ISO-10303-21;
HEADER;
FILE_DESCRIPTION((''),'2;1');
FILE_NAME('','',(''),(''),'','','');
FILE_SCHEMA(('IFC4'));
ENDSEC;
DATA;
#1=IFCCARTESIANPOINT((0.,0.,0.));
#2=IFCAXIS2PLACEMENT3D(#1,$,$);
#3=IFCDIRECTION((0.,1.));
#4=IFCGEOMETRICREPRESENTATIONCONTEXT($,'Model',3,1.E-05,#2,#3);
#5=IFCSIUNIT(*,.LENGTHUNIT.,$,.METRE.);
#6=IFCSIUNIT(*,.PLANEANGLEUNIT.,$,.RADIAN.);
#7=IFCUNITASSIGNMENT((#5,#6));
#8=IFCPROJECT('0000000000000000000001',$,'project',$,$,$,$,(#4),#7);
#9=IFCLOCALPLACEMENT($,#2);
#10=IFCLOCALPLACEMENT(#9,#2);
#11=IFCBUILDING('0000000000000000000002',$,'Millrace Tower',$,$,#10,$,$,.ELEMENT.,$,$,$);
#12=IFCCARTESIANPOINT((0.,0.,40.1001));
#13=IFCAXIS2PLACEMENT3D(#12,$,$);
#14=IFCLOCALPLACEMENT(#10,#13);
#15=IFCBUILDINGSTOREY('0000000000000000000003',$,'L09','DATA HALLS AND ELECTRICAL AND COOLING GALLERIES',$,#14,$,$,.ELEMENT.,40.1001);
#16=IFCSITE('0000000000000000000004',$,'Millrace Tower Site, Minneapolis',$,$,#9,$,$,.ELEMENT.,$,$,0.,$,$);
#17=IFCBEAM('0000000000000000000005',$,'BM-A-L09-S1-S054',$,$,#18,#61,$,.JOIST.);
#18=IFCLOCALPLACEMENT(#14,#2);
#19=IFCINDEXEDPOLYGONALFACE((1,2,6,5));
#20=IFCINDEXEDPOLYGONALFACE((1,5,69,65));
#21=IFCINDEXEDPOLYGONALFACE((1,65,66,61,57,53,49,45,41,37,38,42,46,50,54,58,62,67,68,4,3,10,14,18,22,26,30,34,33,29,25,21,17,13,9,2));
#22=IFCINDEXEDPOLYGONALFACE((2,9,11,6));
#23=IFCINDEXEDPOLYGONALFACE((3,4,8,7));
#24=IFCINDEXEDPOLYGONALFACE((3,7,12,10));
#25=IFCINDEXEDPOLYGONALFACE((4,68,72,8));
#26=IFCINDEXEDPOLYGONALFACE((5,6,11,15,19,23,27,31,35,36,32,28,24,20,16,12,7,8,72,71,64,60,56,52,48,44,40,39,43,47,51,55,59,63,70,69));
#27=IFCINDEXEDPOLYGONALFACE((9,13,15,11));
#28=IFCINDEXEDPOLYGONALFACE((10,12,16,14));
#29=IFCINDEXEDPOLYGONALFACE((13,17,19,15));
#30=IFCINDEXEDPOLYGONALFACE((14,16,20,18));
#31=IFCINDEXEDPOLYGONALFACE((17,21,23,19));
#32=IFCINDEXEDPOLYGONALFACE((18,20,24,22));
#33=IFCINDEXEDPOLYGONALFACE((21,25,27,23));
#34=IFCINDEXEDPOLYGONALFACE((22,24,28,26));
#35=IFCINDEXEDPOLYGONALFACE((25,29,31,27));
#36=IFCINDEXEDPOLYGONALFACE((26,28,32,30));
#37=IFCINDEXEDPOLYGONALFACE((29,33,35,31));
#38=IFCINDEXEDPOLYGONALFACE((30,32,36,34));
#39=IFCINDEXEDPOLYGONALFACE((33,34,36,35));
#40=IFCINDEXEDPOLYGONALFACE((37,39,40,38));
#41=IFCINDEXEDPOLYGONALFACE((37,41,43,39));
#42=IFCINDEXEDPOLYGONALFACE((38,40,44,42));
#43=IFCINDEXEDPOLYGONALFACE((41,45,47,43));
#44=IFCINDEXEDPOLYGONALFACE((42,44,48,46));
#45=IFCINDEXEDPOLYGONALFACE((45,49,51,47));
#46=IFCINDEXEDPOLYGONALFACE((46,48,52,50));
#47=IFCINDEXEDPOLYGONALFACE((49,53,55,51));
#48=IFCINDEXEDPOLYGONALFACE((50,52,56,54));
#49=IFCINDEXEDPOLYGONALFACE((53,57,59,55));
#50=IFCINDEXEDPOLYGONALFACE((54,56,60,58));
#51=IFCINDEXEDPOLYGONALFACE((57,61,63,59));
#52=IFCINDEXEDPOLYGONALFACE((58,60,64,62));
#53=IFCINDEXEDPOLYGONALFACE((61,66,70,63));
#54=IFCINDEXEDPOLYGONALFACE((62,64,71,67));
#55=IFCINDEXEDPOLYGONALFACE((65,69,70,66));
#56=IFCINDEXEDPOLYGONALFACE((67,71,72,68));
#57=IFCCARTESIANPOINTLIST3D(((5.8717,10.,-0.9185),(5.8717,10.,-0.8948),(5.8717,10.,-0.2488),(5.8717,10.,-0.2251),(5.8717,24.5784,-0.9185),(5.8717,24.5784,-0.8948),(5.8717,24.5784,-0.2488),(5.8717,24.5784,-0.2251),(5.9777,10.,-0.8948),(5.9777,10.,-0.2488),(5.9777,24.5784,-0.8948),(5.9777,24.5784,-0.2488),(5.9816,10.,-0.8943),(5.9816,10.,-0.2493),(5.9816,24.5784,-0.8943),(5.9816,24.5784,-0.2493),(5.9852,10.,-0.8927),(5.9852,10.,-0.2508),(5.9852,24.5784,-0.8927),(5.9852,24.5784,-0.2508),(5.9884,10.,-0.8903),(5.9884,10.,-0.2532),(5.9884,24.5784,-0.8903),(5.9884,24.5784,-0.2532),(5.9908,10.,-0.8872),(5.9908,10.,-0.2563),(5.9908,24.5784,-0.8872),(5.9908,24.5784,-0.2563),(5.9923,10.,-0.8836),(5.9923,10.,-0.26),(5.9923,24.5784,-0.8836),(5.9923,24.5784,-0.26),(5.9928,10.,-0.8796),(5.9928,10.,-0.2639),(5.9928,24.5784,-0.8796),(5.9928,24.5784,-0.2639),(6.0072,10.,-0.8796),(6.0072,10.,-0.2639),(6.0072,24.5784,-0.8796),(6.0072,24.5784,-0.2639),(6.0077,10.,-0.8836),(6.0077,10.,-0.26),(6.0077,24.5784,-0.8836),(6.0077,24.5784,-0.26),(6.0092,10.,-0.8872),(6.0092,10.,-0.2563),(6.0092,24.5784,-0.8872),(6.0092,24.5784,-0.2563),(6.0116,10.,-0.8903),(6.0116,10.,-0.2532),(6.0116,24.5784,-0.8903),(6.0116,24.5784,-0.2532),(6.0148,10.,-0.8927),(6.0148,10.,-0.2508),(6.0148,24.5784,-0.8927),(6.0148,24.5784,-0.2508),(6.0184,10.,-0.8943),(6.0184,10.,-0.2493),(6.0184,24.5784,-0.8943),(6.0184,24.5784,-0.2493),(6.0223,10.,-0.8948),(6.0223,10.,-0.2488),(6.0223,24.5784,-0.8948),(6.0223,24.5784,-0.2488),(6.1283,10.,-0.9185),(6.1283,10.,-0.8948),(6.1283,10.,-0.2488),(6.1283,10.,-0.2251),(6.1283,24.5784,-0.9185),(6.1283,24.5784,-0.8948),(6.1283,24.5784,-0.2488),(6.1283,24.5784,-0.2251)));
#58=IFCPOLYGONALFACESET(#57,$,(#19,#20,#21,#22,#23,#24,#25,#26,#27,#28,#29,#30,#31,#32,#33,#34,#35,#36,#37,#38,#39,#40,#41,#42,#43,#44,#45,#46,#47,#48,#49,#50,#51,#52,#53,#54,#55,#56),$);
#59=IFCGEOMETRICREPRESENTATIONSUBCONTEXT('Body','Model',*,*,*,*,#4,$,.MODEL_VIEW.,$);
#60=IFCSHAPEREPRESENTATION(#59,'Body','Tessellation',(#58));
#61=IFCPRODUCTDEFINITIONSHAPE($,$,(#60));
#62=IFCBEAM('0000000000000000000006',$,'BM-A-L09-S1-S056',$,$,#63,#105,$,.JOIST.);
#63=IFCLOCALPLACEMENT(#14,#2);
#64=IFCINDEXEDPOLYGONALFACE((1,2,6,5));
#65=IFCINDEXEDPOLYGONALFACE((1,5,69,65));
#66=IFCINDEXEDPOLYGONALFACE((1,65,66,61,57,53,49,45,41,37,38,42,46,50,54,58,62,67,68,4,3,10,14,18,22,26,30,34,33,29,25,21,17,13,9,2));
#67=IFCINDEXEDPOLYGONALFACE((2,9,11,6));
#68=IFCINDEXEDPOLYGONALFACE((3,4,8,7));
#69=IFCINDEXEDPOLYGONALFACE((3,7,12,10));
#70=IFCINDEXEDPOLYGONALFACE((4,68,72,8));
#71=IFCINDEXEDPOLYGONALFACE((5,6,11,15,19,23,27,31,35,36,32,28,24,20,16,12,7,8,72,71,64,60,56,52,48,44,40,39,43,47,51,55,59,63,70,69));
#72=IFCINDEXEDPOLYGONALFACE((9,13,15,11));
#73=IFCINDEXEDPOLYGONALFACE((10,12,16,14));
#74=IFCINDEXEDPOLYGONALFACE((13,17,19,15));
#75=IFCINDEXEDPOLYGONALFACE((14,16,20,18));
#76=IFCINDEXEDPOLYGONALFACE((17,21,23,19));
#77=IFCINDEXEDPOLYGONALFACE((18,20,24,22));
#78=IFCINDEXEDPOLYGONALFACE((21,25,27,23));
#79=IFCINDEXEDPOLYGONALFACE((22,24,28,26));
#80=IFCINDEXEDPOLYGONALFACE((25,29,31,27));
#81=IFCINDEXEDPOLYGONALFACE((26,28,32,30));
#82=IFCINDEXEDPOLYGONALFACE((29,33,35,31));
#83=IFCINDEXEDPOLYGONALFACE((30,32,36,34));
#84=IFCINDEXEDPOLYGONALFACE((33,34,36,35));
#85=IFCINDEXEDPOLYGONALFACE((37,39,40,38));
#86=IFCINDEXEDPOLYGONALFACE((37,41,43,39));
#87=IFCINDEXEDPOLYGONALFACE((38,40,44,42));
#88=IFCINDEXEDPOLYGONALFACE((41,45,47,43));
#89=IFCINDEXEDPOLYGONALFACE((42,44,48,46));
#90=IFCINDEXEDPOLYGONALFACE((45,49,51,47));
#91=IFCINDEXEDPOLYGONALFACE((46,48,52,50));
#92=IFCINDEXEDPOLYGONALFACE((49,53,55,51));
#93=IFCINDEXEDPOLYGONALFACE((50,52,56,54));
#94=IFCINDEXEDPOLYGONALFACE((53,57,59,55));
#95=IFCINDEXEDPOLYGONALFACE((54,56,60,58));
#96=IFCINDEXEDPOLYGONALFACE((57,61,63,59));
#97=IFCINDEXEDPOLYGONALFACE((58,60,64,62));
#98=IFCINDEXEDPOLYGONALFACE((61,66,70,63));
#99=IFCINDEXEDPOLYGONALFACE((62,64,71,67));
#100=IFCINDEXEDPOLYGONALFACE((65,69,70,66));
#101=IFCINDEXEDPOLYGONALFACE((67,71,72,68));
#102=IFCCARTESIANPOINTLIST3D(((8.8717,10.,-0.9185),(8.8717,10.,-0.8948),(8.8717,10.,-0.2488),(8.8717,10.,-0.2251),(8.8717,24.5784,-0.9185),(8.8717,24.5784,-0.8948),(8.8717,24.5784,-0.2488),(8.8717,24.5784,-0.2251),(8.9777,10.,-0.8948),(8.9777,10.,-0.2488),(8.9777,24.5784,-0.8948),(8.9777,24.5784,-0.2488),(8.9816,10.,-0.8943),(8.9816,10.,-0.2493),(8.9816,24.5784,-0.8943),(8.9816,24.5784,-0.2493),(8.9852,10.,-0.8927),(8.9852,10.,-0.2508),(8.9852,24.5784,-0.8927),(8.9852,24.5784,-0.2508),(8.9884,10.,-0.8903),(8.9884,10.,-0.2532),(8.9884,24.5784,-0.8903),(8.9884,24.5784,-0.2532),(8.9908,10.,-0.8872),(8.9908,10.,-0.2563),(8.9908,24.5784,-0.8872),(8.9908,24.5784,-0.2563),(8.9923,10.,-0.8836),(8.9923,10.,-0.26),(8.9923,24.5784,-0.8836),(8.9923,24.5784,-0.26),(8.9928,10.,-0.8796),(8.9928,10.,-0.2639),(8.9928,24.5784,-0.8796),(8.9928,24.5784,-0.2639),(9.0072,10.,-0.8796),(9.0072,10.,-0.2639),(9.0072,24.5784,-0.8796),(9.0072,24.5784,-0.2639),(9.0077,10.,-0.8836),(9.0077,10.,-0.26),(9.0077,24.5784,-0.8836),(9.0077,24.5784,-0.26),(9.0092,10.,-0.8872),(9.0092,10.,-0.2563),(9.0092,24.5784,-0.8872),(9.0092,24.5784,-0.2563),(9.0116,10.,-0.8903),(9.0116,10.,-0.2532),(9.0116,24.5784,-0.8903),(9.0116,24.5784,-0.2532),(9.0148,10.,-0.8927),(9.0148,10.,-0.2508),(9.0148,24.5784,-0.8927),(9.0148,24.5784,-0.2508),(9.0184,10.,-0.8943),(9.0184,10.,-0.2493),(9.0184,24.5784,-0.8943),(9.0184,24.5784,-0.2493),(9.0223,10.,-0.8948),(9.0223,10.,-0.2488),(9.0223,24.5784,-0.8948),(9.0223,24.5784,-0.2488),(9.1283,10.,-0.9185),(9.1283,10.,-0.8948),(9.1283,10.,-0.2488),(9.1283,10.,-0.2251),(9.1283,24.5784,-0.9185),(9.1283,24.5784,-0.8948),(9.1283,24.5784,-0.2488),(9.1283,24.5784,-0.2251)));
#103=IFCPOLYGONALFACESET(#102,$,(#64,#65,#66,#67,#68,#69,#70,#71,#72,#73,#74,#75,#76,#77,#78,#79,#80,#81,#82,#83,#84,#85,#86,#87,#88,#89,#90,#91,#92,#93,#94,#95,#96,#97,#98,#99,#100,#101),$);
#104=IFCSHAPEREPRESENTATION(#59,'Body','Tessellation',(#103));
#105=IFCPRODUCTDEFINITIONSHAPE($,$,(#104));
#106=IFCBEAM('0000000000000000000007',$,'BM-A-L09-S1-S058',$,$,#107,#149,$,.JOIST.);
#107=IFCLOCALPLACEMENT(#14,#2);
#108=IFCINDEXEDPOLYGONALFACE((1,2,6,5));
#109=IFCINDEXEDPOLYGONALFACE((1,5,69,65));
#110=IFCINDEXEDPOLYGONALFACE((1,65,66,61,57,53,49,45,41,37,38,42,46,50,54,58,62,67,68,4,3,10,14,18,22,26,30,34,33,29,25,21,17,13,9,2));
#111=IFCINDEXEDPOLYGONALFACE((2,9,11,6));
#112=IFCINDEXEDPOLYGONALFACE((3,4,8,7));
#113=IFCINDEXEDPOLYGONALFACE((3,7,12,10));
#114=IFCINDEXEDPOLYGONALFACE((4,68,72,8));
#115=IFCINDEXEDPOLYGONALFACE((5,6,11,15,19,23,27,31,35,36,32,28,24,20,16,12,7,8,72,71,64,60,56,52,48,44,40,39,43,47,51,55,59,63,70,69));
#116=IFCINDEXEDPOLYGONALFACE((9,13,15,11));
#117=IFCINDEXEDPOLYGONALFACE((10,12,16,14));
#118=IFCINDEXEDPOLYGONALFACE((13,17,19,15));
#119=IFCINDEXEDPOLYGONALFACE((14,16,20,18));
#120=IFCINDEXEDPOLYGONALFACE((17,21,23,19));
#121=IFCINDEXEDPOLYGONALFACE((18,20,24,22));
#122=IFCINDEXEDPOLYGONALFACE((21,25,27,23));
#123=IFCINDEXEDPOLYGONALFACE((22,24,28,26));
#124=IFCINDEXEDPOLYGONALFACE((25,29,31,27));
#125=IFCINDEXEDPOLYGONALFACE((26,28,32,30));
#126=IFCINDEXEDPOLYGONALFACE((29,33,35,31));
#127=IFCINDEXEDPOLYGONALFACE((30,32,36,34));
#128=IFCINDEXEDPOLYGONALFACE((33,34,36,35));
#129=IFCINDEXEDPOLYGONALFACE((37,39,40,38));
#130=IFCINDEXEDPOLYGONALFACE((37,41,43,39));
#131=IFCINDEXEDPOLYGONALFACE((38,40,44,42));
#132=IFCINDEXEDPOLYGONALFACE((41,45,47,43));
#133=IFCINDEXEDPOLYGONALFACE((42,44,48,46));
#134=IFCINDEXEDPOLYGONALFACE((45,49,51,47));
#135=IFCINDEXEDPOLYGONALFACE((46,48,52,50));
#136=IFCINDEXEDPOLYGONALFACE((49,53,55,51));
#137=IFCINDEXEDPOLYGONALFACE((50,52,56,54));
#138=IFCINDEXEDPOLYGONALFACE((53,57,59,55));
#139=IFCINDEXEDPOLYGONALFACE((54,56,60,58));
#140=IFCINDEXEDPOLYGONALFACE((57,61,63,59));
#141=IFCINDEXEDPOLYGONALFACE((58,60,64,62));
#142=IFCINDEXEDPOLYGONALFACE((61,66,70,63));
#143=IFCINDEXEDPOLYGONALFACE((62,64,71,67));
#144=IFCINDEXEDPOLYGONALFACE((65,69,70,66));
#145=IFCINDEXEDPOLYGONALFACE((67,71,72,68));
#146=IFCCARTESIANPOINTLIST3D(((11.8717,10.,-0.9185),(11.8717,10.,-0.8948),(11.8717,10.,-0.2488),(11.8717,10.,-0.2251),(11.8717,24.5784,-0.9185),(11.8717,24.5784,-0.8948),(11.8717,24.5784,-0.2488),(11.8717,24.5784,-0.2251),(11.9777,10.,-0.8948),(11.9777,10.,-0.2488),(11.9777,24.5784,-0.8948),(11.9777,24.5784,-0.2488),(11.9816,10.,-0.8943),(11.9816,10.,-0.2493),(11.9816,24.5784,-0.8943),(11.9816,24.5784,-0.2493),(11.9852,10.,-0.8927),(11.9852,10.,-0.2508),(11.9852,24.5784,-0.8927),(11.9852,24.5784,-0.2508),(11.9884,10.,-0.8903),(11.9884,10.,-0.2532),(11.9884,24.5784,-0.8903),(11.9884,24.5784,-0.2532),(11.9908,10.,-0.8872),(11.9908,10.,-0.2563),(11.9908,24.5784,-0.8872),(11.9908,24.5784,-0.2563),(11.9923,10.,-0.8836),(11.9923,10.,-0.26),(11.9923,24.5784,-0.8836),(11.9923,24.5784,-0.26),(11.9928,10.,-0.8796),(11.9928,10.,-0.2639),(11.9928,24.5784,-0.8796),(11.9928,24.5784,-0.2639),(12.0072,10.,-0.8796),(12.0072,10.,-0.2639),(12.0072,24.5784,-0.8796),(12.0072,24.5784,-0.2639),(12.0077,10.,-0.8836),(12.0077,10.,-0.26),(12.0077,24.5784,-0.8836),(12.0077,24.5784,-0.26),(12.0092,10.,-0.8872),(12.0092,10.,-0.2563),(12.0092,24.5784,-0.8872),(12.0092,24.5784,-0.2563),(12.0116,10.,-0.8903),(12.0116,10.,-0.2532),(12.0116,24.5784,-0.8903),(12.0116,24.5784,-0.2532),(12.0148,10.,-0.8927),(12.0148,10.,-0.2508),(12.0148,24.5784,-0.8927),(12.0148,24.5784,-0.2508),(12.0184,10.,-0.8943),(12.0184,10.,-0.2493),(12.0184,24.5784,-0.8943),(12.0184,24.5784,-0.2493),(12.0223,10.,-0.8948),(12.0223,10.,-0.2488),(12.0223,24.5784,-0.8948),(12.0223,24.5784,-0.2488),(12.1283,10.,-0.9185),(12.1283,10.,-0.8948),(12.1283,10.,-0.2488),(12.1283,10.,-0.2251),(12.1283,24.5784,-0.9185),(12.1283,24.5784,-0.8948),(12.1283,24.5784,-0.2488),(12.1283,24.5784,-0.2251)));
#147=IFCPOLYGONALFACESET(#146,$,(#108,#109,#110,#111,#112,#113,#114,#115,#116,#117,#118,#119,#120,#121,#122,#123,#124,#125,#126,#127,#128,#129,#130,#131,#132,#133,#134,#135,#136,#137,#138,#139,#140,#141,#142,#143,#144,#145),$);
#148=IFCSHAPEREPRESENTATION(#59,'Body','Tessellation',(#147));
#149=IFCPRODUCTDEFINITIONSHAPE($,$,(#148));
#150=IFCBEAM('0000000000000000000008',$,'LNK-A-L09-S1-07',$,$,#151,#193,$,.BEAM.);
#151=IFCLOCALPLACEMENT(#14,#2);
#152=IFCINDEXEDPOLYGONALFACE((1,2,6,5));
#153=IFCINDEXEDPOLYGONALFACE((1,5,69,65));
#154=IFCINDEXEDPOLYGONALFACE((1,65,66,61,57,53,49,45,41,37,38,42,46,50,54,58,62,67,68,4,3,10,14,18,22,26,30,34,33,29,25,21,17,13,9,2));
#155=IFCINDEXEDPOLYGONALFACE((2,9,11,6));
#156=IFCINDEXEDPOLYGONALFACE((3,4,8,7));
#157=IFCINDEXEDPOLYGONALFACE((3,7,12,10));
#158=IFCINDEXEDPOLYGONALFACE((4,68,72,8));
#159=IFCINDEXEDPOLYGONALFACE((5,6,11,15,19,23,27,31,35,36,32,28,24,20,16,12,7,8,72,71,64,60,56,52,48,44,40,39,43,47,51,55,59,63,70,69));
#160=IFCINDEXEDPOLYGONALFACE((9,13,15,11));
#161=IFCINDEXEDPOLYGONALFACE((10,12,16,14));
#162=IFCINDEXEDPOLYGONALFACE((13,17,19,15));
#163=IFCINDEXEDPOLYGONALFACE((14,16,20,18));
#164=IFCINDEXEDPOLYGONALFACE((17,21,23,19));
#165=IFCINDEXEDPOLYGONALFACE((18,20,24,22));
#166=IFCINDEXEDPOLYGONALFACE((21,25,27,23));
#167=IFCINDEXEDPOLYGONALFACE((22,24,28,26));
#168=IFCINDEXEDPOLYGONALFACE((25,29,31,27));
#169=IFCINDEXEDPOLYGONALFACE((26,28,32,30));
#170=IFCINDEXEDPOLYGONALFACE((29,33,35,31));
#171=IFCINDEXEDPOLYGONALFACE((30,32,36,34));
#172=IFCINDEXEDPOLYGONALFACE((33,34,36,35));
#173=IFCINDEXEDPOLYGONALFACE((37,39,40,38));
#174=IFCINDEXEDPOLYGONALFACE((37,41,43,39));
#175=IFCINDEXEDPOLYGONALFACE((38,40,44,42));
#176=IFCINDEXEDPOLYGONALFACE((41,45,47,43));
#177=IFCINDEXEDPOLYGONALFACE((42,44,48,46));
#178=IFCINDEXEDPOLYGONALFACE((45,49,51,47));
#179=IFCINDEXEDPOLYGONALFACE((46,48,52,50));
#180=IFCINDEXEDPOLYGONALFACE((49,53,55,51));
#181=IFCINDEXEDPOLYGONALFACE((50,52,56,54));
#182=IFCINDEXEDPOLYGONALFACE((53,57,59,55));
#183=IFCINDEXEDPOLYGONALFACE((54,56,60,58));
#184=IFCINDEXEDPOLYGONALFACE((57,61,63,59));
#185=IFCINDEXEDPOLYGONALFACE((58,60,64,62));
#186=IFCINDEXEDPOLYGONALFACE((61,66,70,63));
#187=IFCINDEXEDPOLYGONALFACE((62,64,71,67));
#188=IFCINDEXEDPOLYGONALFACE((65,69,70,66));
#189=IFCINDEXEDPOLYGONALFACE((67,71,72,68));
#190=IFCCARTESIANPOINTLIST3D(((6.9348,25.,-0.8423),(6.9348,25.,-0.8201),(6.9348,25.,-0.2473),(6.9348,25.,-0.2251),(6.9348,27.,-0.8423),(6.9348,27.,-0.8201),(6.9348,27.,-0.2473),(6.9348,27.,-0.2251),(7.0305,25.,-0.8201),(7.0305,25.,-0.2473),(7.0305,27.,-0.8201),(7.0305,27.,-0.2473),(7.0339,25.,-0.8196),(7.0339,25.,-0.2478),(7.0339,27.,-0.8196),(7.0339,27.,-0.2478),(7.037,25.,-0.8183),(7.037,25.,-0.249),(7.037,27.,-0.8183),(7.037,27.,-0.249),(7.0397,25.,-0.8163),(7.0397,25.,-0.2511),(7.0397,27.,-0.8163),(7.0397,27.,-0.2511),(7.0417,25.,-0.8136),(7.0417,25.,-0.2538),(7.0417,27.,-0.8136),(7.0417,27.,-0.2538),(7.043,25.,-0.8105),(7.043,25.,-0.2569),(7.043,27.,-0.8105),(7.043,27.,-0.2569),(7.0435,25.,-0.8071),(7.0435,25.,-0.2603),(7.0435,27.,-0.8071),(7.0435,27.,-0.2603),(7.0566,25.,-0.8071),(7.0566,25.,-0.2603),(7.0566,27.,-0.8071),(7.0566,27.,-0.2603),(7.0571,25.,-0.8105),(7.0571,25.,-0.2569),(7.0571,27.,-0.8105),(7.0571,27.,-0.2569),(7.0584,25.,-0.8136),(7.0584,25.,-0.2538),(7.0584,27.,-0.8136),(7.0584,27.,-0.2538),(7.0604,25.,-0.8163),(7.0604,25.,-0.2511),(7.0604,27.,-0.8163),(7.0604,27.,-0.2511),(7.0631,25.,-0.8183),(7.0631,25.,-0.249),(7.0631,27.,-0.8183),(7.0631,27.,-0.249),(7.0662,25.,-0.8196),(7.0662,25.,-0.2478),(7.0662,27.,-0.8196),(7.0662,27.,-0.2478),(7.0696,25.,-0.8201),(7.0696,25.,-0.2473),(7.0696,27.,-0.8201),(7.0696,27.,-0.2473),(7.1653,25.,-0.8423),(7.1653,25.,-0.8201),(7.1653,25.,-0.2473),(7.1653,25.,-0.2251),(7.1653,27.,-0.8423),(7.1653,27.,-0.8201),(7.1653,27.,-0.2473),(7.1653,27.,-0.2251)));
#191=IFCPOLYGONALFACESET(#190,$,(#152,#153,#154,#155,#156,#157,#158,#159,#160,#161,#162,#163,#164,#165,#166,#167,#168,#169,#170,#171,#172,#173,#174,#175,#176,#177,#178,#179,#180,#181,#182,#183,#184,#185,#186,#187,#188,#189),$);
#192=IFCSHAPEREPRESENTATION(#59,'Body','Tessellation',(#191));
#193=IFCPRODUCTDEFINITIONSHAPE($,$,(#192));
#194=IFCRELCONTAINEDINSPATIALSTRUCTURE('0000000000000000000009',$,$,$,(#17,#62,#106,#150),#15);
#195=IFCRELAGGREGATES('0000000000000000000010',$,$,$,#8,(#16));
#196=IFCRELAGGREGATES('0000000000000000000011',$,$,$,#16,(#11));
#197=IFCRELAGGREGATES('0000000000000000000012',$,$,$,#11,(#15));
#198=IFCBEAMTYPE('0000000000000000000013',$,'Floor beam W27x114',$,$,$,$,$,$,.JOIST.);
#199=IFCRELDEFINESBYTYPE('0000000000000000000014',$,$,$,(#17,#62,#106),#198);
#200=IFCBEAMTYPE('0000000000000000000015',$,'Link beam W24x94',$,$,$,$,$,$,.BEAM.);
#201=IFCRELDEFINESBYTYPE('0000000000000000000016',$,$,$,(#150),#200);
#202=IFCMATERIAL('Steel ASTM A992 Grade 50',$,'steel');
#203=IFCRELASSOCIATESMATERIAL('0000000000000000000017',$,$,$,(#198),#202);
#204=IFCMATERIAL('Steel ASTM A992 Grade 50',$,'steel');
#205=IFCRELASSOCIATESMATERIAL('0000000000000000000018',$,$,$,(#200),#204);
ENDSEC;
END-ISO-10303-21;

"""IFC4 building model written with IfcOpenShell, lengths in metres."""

from ifc_helpers import new_model, si_unit, direction, frame, origin, origin_2d, place, context, subcontext, project, spatial, i_section, extrude, material, material_profile, profile_set, type_object, element, save


model = new_model("IFC4")

# Units and contexts
model_context = context("Model", 3, precision=1e-05, world=origin(), true_north=direction((0.0, 1.0)))
body_context = subcontext(model_context, "Body", "Model", "MODEL_VIEW")
ifc_project = project(units=[si_unit("LENGTHUNIT", "METRE"), si_unit("PLANEANGLEUNIT", "RADIAN")], contexts=[model_context])

# Site, building, storey
site_placement = place(None, origin())
site = spatial("IfcSite", under=ifc_project, at=site_placement, Name="Millrace Tower Site, Minneapolis", CompositionType="ELEMENT", RefElevation=0.0)
building_placement = place(site_placement, origin())
building = spatial("IfcBuilding", under=site, at=building_placement, Name="Millrace Tower", CompositionType="ELEMENT")
storey_placement = place(building_placement, frame((0.0, 0.0, 40.1001)))
storey = spatial("IfcBuildingStorey", under=building, at=storey_placement, Name="L09", Description="DATA HALLS AND ELECTRICAL AND COOLING GALLERIES", CompositionType="ELEMENT", Elevation=40.1001)

# Beams
ifc_material_1 = material(Name="Steel ASTM A992 Grade 50", Category="steel")
ifc_material_profile_1 = material_profile(ifc_material_1, i_section(OverallWidth=0.2566, OverallDepth=0.6934, WebThickness=0.0144, FlangeThickness=0.0237, FilletRadius=0.0151, at=origin_2d()))
ifc_profile_set_1 = profile_set([ifc_material_profile_1], Name="Steel ASTM A992 Grade 50")
beam_type_1 = type_object("IfcBeamType", Name="Floor beam W27x114", PredefinedType="JOIST", material=ifc_profile_set_1)
for number, where, z_axis, x_axis, name in (
    (1, (6.0, 10.0, -0.5718), (0.0, 1.0, 0.0), (-1.0, 0.0, 0.0), "BM-A-L09-S1-S054"),
    (2, (9.0, 10.0, -0.5718), (0.0, 1.0, 0.0), (-1.0, 0.0, 0.0), "BM-A-L09-S1-S056"),
    (3, (12.0, 10.0, -0.5718), (0.0, 1.0, 0.0), (-1.0, 0.0, 0.0), "BM-A-L09-S1-S058"),
):
    element("IfcBeam", number, at=place(storey_placement, frame(where, z_axis=z_axis, x_axis=x_axis)), inside=storey, type_object=beam_type_1, Name=name, PredefinedType="JOIST", context=body_context, shape_type="SweptSolid", body=[
        extrude(i_section(OverallWidth=0.2566, OverallDepth=0.6934, WebThickness=0.0144, FlangeThickness=0.0237, FilletRadius=0.0151, at=origin_2d()), origin(), (0.0, 0.0, 1.0), 14.5784),
    ])
ifc_material_2 = material(Name="Steel ASTM A992 Grade 50", Category="steel")
ifc_material_profile_2 = material_profile(ifc_material_2, i_section(OverallWidth=0.2305, OverallDepth=0.6172, WebThickness=0.0132, FlangeThickness=0.0222, FilletRadius=0.0129, at=origin_2d()))
ifc_profile_set_2 = profile_set([ifc_material_profile_2], Name="Steel ASTM A992 Grade 50")
beam_type_2 = type_object("IfcBeamType", Name="Link beam W24x94", PredefinedType="BEAM", material=ifc_profile_set_2)
beam_1_placement = place(storey_placement, frame((7.05, 25.0, -0.5337), z_axis=(0.0, 1.0, 0.0), x_axis=(-1.0, 0.0, 0.0)))
element("IfcBeam", 4, at=beam_1_placement, inside=storey, type_object=beam_type_2, Name="LNK-A-L09-S1-07", PredefinedType="BEAM", context=body_context, shape_type="SweptSolid", body=[
    extrude(i_section(OverallWidth=0.2305, OverallDepth=0.6172, WebThickness=0.0132, FlangeThickness=0.0222, FilletRadius=0.0129, at=origin_2d()), origin(), (0.0, 0.0, 1.0), 2.0),
])

save(model, "model.ifc")
